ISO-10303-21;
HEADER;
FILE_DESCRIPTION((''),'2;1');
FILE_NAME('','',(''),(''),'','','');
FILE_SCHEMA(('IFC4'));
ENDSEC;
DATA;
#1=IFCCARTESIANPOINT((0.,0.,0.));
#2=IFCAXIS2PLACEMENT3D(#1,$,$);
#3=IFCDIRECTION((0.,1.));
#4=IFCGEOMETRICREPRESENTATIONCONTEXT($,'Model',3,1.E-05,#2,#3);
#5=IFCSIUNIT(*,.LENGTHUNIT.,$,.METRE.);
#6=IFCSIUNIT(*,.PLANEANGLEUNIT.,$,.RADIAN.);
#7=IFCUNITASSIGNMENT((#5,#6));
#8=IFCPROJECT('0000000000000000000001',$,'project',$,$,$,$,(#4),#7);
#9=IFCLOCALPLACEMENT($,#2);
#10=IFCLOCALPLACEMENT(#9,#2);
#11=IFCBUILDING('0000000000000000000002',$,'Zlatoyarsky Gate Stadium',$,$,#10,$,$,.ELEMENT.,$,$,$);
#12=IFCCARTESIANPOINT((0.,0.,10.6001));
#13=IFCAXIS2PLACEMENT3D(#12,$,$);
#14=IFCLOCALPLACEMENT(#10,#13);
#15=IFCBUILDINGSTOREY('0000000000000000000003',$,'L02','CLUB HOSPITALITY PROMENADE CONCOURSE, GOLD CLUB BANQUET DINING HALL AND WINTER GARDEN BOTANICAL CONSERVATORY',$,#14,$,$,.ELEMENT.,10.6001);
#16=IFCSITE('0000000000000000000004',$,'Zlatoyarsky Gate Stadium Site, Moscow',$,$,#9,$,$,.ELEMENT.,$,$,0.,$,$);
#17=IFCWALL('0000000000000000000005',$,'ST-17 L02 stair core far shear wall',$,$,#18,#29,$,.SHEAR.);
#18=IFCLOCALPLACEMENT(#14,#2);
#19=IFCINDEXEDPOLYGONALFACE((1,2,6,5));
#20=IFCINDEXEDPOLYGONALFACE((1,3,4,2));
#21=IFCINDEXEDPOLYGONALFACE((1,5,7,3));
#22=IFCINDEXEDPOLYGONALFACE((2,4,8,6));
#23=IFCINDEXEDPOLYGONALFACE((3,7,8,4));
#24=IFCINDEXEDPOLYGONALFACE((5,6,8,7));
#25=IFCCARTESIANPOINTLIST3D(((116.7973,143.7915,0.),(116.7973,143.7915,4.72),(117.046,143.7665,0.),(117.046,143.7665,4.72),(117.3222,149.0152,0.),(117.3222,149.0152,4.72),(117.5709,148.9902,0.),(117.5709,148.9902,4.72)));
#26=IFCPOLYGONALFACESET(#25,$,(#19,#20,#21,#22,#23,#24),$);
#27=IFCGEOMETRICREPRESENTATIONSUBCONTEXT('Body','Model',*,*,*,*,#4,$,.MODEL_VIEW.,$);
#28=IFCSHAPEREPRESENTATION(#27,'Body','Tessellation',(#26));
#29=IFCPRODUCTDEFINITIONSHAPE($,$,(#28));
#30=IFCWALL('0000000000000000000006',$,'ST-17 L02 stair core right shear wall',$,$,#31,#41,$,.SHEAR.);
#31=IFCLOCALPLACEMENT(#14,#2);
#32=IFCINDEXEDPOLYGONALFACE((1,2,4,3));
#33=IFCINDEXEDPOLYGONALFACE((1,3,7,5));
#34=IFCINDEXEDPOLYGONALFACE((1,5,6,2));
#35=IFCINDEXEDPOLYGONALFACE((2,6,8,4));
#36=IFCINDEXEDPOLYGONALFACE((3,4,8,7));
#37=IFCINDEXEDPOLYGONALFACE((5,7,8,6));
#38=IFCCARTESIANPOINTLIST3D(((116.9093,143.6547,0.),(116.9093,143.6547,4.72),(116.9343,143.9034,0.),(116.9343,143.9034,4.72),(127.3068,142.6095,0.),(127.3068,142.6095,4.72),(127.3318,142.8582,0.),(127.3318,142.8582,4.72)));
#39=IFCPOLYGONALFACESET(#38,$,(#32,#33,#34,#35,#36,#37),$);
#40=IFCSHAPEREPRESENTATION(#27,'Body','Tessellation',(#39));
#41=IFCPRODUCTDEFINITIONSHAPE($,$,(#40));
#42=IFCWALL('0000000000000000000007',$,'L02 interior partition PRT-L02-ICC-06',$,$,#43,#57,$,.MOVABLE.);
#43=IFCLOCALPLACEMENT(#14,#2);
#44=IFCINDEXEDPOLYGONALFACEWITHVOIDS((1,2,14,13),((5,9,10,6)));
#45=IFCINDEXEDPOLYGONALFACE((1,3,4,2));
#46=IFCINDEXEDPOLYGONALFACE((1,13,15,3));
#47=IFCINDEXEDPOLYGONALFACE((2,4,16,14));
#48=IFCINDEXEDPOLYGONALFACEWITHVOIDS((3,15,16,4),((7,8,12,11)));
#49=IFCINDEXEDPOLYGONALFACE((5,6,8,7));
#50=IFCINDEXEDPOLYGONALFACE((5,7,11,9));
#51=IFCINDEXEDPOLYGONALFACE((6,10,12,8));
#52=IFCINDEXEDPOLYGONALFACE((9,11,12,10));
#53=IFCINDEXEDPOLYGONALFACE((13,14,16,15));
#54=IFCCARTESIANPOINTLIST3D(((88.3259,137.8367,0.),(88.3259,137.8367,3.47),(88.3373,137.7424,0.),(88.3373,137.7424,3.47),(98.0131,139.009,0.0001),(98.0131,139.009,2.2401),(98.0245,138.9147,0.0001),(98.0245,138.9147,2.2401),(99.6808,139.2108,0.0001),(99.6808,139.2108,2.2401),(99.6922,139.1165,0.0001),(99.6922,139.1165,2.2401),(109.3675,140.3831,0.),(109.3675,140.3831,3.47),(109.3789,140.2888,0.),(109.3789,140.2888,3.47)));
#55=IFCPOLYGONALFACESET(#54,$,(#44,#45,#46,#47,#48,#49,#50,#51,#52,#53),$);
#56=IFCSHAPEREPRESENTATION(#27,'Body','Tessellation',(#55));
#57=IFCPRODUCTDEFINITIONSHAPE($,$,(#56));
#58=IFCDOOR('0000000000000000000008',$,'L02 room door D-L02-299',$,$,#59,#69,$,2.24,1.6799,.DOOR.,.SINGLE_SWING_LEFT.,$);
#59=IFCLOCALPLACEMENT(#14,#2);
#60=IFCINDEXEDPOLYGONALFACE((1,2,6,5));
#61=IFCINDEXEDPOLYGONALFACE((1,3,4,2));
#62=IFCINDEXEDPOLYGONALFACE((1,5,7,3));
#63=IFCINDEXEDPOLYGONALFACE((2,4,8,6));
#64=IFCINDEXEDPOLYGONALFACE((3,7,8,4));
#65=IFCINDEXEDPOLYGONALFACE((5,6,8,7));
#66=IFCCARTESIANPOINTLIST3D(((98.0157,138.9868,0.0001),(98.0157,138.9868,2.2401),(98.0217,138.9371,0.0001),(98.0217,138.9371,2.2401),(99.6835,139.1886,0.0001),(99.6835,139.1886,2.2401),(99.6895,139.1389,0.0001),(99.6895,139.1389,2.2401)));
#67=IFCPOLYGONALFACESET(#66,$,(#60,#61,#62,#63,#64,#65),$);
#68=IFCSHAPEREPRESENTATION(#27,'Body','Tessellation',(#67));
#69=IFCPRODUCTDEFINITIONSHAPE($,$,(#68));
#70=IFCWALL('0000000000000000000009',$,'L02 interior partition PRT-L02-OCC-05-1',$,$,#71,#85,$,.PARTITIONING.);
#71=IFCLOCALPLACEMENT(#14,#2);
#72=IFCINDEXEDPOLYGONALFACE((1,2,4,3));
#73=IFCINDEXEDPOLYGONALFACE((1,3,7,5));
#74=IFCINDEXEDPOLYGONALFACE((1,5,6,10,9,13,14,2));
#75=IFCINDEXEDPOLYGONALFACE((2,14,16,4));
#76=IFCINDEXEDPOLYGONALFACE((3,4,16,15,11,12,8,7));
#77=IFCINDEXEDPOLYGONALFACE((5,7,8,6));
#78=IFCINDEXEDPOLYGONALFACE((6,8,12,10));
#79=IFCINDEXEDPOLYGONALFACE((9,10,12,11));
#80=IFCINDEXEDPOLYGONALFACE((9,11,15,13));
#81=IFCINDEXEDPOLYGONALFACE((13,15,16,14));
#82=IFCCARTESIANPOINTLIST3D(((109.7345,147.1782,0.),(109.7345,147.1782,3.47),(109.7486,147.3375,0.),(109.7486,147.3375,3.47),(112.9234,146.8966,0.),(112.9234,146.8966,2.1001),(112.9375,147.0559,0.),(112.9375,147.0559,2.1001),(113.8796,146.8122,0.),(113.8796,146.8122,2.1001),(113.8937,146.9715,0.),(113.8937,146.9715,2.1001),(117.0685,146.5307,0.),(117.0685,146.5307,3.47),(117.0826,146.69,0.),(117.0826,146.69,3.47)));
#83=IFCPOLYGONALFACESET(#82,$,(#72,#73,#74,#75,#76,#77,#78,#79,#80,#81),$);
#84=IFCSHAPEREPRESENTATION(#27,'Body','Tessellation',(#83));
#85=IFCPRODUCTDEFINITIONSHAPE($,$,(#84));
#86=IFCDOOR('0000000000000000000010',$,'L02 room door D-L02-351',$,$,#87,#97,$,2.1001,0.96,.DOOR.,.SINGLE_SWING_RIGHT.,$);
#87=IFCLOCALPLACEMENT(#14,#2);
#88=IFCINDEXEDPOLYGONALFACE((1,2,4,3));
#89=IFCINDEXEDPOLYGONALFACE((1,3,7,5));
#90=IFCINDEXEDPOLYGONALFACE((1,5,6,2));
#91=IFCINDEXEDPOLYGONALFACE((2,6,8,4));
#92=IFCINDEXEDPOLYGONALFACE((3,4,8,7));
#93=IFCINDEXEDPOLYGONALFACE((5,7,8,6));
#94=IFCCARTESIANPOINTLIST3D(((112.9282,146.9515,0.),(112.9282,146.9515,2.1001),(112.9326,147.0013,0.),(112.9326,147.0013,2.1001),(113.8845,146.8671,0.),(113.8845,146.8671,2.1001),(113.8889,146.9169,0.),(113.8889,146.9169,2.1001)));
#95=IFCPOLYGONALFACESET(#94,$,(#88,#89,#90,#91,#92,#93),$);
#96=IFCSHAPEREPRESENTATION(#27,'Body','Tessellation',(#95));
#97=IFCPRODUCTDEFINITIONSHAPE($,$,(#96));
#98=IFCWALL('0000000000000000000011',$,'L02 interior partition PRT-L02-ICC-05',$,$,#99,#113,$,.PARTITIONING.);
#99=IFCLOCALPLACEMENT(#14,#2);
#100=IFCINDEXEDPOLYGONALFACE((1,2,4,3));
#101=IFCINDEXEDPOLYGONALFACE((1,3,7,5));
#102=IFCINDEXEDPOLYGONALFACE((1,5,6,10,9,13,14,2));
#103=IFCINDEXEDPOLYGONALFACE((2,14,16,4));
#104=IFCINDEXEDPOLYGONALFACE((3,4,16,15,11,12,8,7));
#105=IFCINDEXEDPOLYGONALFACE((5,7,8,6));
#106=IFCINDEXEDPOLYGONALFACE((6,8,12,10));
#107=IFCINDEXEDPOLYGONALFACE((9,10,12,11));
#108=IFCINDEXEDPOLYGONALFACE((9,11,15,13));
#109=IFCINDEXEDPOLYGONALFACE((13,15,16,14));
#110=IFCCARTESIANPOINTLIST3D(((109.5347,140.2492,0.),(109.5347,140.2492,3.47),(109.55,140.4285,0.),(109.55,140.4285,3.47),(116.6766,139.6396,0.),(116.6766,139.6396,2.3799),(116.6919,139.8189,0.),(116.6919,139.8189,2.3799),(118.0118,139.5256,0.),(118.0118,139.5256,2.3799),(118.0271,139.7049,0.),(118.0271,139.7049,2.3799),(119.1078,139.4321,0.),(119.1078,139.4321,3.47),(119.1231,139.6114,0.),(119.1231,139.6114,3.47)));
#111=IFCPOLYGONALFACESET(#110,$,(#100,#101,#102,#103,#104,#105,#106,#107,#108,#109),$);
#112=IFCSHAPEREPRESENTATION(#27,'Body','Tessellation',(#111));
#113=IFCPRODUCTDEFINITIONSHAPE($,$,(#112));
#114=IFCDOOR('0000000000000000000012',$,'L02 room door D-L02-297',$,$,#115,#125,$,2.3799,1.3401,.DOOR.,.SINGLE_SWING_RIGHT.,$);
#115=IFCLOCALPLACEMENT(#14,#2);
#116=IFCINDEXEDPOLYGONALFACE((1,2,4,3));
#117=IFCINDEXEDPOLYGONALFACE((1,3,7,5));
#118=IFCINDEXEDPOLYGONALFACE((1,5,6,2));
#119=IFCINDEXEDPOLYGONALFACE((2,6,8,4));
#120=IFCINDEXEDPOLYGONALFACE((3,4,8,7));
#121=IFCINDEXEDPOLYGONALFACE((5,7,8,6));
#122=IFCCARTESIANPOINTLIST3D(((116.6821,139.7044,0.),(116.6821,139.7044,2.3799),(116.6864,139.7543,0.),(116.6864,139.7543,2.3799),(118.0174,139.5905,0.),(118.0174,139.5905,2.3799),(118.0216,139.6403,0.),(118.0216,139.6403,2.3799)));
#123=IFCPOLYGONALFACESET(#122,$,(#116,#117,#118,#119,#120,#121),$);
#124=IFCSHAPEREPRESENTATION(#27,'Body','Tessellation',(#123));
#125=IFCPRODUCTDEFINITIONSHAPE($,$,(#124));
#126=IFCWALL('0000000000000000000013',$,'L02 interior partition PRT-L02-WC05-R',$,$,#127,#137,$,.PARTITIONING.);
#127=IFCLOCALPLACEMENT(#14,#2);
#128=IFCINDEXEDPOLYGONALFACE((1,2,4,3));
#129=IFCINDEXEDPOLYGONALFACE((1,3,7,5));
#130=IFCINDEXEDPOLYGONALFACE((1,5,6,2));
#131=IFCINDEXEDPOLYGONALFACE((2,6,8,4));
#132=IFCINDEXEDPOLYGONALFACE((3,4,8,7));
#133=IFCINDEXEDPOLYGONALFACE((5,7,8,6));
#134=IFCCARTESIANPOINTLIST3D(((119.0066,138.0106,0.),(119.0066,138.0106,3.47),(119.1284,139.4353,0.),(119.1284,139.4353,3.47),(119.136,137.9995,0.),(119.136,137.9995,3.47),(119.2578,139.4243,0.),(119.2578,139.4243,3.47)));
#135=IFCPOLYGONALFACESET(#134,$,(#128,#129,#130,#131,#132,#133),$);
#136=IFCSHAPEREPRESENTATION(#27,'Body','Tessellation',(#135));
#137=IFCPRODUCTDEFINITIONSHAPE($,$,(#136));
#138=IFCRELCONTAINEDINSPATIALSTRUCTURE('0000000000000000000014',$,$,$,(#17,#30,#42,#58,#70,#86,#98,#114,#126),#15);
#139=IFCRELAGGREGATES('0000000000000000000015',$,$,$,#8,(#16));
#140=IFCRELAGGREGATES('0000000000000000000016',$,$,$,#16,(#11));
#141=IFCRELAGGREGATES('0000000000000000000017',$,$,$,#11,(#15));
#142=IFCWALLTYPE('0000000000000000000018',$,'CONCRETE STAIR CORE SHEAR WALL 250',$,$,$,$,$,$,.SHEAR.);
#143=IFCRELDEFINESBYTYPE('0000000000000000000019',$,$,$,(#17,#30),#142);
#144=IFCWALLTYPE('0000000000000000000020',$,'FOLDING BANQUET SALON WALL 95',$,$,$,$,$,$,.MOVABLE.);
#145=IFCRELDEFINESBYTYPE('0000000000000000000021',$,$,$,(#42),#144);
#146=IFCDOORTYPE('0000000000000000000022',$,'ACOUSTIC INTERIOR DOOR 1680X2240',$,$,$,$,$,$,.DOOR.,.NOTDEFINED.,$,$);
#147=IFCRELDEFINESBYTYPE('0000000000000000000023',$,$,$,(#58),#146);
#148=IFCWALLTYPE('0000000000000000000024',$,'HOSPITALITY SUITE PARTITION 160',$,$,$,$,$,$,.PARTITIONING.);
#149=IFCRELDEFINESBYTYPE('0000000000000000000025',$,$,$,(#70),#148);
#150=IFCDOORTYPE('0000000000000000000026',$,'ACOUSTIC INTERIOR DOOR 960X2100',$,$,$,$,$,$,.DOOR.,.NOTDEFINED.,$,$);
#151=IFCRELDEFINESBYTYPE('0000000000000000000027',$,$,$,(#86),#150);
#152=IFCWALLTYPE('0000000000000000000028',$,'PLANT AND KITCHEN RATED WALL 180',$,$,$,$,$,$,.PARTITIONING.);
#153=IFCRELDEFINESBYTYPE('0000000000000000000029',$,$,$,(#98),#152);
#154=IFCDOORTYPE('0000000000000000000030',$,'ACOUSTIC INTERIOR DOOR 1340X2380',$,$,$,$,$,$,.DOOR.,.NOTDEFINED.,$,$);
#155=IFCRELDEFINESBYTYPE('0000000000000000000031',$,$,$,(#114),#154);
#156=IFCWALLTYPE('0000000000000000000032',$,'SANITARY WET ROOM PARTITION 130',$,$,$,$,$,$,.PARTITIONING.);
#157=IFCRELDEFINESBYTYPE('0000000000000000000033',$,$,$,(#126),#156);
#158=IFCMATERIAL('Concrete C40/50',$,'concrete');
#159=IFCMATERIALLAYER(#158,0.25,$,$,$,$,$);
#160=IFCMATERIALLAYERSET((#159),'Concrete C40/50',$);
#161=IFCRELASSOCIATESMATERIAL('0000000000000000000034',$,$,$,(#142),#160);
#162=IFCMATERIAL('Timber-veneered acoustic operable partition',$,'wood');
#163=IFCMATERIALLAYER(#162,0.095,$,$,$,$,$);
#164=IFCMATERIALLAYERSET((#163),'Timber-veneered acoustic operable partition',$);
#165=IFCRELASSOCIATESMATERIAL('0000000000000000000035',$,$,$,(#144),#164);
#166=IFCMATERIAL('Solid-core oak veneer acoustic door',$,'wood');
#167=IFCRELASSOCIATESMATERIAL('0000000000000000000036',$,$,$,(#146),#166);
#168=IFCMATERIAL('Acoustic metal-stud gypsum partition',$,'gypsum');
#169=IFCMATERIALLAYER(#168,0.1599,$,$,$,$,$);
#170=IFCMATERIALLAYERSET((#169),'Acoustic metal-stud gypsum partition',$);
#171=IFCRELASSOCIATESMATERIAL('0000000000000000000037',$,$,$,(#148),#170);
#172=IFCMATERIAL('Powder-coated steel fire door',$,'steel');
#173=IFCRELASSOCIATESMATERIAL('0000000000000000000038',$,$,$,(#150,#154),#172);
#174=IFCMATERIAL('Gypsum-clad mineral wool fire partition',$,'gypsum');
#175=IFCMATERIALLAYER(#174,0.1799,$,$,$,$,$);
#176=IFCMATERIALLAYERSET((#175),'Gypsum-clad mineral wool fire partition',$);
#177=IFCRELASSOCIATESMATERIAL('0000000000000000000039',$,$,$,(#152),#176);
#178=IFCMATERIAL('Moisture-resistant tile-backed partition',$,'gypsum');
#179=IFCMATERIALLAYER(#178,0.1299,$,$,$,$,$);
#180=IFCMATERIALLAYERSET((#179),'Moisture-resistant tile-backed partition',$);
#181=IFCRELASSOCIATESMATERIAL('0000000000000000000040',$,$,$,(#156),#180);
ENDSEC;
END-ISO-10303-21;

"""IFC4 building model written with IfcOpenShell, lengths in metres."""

from ifc_helpers import new_model, si_unit, direction, frame, frame_2d, origin, place, context, subcontext, project, spatial, rectangle, extrude, material, layer, layer_set, type_object, element, fill, save


model = new_model("IFC4")

# Units and contexts
model_context = context("Model", 3, precision=1e-05, world=origin(), true_north=direction((0.0, 1.0)))
body_context = subcontext(model_context, "Body", "Model", "MODEL_VIEW")
ifc_project = project(units=[si_unit("LENGTHUNIT", "METRE"), si_unit("PLANEANGLEUNIT", "RADIAN")], contexts=[model_context])

# Site, building, storey
site_placement = place(None, origin())
site = spatial("IfcSite", under=ifc_project, at=site_placement, Name="Zlatoyarsky Gate Stadium Site, Moscow", CompositionType="ELEMENT", RefElevation=0.0)
building_placement = place(site_placement, origin())
building = spatial("IfcBuilding", under=site, at=building_placement, Name="Zlatoyarsky Gate Stadium", CompositionType="ELEMENT")
storey_placement = place(building_placement, frame((0.0, 0.0, 10.6001)))
storey = spatial("IfcBuildingStorey", under=building, at=storey_placement, Name="L02", Description="CLUB HOSPITALITY PROMENADE CONCOURSE, GOLD CLUB BANQUET DINING HALL AND WINTER GARDEN BOTANICAL CONSERVATORY", CompositionType="ELEMENT", Elevation=10.6001)

# Shared definitions
ifc_material_1 = material(Name="Concrete C40/50", Category="concrete")

# Walls
ifc_layer_1 = layer(ifc_material_1, 0.25)
ifc_layer_set_1 = layer_set([ifc_layer_1], Name="Concrete C40/50")
wall_type_1 = type_object("IfcWallType", Name="CONCRETE STAIR CORE SHEAR WALL 250", PredefinedType="SHEAR", material=ifc_layer_set_1)
wall_1_placement = place(storey_placement, frame((117.4465, 149.0027, 0.0), z_axis=(0.0, 0.0, 1.0), x_axis=(-0.099983, -0.994989, 0.0)))
element("IfcWall", 1, at=wall_1_placement, inside=storey, type_object=wall_type_1, Name="ST-17 L02 stair core far shear wall", PredefinedType="SHEAR", context=body_context, shape_type="SweptSolid", body=[
    extrude(rectangle(XDim=5.25, YDim=0.25, at=frame_2d((2.625, 0.0))), origin(), (0.0, 0.0, 1.0), 4.72),
])
wall_2_placement = place(storey_placement, frame((116.9216, 143.7791, 0.0), z_axis=(0.0, 0.0, 1.0), x_axis=(0.994986, -0.100017, 0.0)))
element("IfcWall", 2, at=wall_2_placement, inside=storey, type_object=wall_type_1, Name="ST-17 L02 stair core right shear wall", PredefinedType="SHEAR", context=body_context, shape_type="SweptSolid", body=[
    extrude(rectangle(XDim=10.45, YDim=0.25, at=frame_2d((5.2251, 0.0))), origin(), (0.0, 0.0, 1.0), 4.72),
])

# Walls, openings, doors
ifc_material_2 = material(Name="Timber-veneered acoustic operable partition", Category="wood")
ifc_layer_2 = layer(ifc_material_2, 0.095)
ifc_layer_set_2 = layer_set([ifc_layer_2], Name="Timber-veneered acoustic operable partition")
wall_type_2 = type_object("IfcWallType", Name="FOLDING BANQUET SALON WALL 95", PredefinedType="MOVABLE", material=ifc_layer_set_2)
wall_3_placement = place(storey_placement, frame((109.3733, 140.3359, 0.0), z_axis=(0.0, 0.0, 1.0), x_axis=(-0.992757, -0.120141, 0.0)))
wall_3 = element("IfcWall", 3, at=wall_3_placement, inside=storey, type_object=wall_type_2, Name="L02 interior partition PRT-L02-ICC-06", PredefinedType="MOVABLE", context=body_context, shape_type="SweptSolid", body=[
    extrude(rectangle(XDim=21.1951, YDim=0.095, at=frame_2d((10.5977, 0.0))), origin(), (0.0, 0.0, 1.0), 3.47),
])
opening_1_placement = place(wall_3_placement, frame((9.7576, 0.0, 0.0)))
opening_1 = element("IfcOpeningElement", 4, at=opening_1_placement, cuts=wall_3, PredefinedType="OPENING", context=body_context, shape_type="SweptSolid", body=[
    extrude(rectangle(XDim=1.6799, YDim=2.24, at=frame_2d((0.8398, 1.1201))), frame((0.0, 0.0574, 0.0), z_axis=(0.0, -1.0, 0.0), x_axis=(1.0, 0.0, 0.0)), (0.0, 0.0, 1.0), 0.115),
])
ifc_material_3 = material(Name="Solid-core oak veneer acoustic door", Category="wood")
door_type_1 = type_object("IfcDoorType", Name="ACOUSTIC INTERIOR DOOR 1680X2240", OperationType="NOTDEFINED", PredefinedType="DOOR", material=ifc_material_3)
door_1_placement = place(opening_1_placement, origin())
door_1 = element("IfcDoor", 5, at=door_1_placement, inside=storey, type_object=door_type_1, Name="L02 room door D-L02-299", OperationType="SINGLE_SWING_LEFT", OverallHeight=2.24, OverallWidth=1.6799, PredefinedType="DOOR", context=body_context, shape_type="SweptSolid", body=[
    extrude(rectangle(XDim=1.6799, YDim=2.24, at=frame_2d((0.8398, 1.1201))), frame((0.0, 0.0249, 0.0), z_axis=(0.0, -1.0, 0.0), x_axis=(1.0, 0.0, 0.0)), (0.0, 0.0, 1.0), 0.05),
])
fill(opening_1, door_1)
ifc_material_4 = material(Name="Acoustic metal-stud gypsum partition", Category="gypsum")
ifc_layer_3 = layer(ifc_material_4, 0.1599)
ifc_layer_set_3 = layer_set([ifc_layer_3], Name="Acoustic metal-stud gypsum partition")
wall_type_3 = type_object("IfcWallType", Name="HOSPITALITY SUITE PARTITION 160", PredefinedType="PARTITIONING", material=ifc_layer_set_3)
wall_4_placement = place(storey_placement, frame((117.0754, 146.6104, 0.0), z_axis=(0.0, 0.0, 1.0), x_axis=(-0.996126, 0.08794, 0.0)))
wall_4 = element("IfcWall", 6, at=wall_4_placement, inside=storey, type_object=wall_type_3, Name="L02 interior partition PRT-L02-OCC-05-1", PredefinedType="PARTITIONING", context=body_context, shape_type="SweptSolid", body=[
    extrude(rectangle(XDim=7.3625, YDim=0.1599, at=frame_2d((3.6812, 0.0))), origin(), (0.0, 0.0, 1.0), 3.47),
])
opening_2_placement = place(wall_4_placement, frame((3.2012, 0.0, 0.0)))
opening_2 = element("IfcOpeningElement", 7, at=opening_2_placement, cuts=wall_4, PredefinedType="OPENING", context=body_context, shape_type="SweptSolid", body=[
    extrude(rectangle(XDim=0.96, YDim=2.1001, at=frame_2d((0.48, 1.05))), frame((0.0, 0.0898, 0.0), z_axis=(0.0, -1.0, 0.0), x_axis=(1.0, 0.0, 0.0)), (0.0, 0.0, 1.0), 0.1799),
])
ifc_material_5 = material(Name="Powder-coated steel fire door", Category="steel")
door_type_2 = type_object("IfcDoorType", Name="ACOUSTIC INTERIOR DOOR 960X2100", OperationType="NOTDEFINED", PredefinedType="DOOR", material=ifc_material_5)
door_2_placement = place(opening_2_placement, origin())
door_2 = element("IfcDoor", 8, at=door_2_placement, inside=storey, type_object=door_type_2, Name="L02 room door D-L02-351", OperationType="SINGLE_SWING_RIGHT", OverallHeight=2.1001, OverallWidth=0.96, PredefinedType="DOOR", context=body_context, shape_type="SweptSolid", body=[
    extrude(rectangle(XDim=0.96, YDim=2.1001, at=frame_2d((0.48, 1.05))), frame((0.0, 0.0249, 0.0), z_axis=(0.0, -1.0, 0.0), x_axis=(1.0, 0.0, 0.0)), (0.0, 0.0, 1.0), 0.05),
])
fill(opening_2, door_2)
ifc_material_6 = material(Name="Gypsum-clad mineral wool fire partition", Category="gypsum")
ifc_layer_4 = layer(ifc_material_6, 0.1799)
ifc_layer_set_4 = layer_set([ifc_layer_4], Name="Gypsum-clad mineral wool fire partition")
wall_type_4 = type_object("IfcWallType", Name="PLANT AND KITCHEN RATED WALL 180", PredefinedType="PARTITIONING", material=ifc_layer_set_4)
wall_5_placement = place(storey_placement, frame((119.1155, 139.5217, 0.0), z_axis=(0.0, 0.0, 1.0), x_axis=(-0.996377, 0.085049, 0.0)))
wall_5 = element("IfcWall", 9, at=wall_5_placement, inside=storey, type_object=wall_type_4, Name="L02 interior partition PRT-L02-ICC-05", PredefinedType="PARTITIONING", context=body_context, shape_type="SweptSolid", body=[
    extrude(rectangle(XDim=9.6079, YDim=0.1799, at=frame_2d((4.804, 0.0))), origin(), (0.0, 0.0, 1.0), 3.47),
])
opening_3_placement = place(wall_5_placement, frame((1.1001, 0.0, 0.0)))
opening_3 = element("IfcOpeningElement", 10, at=opening_3_placement, cuts=wall_5, PredefinedType="OPENING", context=body_context, shape_type="SweptSolid", body=[
    extrude(rectangle(XDim=1.3401, YDim=2.3799, at=frame_2d((0.6699, 1.1899))), frame((0.0, 0.0999, 0.0), z_axis=(0.0, -1.0, 0.0), x_axis=(1.0, 0.0, 0.0)), (0.0, 0.0, 1.0), 0.2),
])
door_type_3 = type_object("IfcDoorType", Name="ACOUSTIC INTERIOR DOOR 1340X2380", OperationType="NOTDEFINED", PredefinedType="DOOR", material=ifc_material_5)
door_3_placement = place(opening_3_placement, origin())
door_3 = element("IfcDoor", 11, at=door_3_placement, inside=storey, type_object=door_type_3, Name="L02 room door D-L02-297", OperationType="SINGLE_SWING_RIGHT", OverallHeight=2.3799, OverallWidth=1.3401, PredefinedType="DOOR", context=body_context, shape_type="SweptSolid", body=[
    extrude(rectangle(XDim=1.3401, YDim=2.3799, at=frame_2d((0.6699, 1.1899))), frame((0.0, 0.0249, 0.0), z_axis=(0.0, -1.0, 0.0), x_axis=(1.0, 0.0, 0.0)), (0.0, 0.0, 1.0), 0.05),
])
fill(opening_3, door_3)

# Wall
ifc_material_7 = material(Name="Moisture-resistant tile-backed partition", Category="gypsum")
ifc_layer_5 = layer(ifc_material_7, 0.1299)
ifc_layer_set_5 = layer_set([ifc_layer_5], Name="Moisture-resistant tile-backed partition")
wall_type_5 = type_object("IfcWallType", Name="SANITARY WET ROOM PARTITION 130", PredefinedType="PARTITIONING", material=ifc_layer_set_5)
wall_6_placement = place(storey_placement, frame((119.1931, 139.4297, 0.0), z_axis=(0.0, 0.0, 1.0), x_axis=(-0.085193, -0.996364, 0.0)))
element("IfcWall", 12, at=wall_6_placement, inside=storey, type_object=wall_type_5, Name="L02 interior partition PRT-L02-WC05-R", PredefinedType="PARTITIONING", context=body_context, shape_type="SweptSolid", body=[
    extrude(rectangle(XDim=1.4299, YDim=0.1299, at=frame_2d((0.7148, 0.0))), origin(), (0.0, 0.0, 1.0), 3.47),
])

save(model, "model.ifc")
